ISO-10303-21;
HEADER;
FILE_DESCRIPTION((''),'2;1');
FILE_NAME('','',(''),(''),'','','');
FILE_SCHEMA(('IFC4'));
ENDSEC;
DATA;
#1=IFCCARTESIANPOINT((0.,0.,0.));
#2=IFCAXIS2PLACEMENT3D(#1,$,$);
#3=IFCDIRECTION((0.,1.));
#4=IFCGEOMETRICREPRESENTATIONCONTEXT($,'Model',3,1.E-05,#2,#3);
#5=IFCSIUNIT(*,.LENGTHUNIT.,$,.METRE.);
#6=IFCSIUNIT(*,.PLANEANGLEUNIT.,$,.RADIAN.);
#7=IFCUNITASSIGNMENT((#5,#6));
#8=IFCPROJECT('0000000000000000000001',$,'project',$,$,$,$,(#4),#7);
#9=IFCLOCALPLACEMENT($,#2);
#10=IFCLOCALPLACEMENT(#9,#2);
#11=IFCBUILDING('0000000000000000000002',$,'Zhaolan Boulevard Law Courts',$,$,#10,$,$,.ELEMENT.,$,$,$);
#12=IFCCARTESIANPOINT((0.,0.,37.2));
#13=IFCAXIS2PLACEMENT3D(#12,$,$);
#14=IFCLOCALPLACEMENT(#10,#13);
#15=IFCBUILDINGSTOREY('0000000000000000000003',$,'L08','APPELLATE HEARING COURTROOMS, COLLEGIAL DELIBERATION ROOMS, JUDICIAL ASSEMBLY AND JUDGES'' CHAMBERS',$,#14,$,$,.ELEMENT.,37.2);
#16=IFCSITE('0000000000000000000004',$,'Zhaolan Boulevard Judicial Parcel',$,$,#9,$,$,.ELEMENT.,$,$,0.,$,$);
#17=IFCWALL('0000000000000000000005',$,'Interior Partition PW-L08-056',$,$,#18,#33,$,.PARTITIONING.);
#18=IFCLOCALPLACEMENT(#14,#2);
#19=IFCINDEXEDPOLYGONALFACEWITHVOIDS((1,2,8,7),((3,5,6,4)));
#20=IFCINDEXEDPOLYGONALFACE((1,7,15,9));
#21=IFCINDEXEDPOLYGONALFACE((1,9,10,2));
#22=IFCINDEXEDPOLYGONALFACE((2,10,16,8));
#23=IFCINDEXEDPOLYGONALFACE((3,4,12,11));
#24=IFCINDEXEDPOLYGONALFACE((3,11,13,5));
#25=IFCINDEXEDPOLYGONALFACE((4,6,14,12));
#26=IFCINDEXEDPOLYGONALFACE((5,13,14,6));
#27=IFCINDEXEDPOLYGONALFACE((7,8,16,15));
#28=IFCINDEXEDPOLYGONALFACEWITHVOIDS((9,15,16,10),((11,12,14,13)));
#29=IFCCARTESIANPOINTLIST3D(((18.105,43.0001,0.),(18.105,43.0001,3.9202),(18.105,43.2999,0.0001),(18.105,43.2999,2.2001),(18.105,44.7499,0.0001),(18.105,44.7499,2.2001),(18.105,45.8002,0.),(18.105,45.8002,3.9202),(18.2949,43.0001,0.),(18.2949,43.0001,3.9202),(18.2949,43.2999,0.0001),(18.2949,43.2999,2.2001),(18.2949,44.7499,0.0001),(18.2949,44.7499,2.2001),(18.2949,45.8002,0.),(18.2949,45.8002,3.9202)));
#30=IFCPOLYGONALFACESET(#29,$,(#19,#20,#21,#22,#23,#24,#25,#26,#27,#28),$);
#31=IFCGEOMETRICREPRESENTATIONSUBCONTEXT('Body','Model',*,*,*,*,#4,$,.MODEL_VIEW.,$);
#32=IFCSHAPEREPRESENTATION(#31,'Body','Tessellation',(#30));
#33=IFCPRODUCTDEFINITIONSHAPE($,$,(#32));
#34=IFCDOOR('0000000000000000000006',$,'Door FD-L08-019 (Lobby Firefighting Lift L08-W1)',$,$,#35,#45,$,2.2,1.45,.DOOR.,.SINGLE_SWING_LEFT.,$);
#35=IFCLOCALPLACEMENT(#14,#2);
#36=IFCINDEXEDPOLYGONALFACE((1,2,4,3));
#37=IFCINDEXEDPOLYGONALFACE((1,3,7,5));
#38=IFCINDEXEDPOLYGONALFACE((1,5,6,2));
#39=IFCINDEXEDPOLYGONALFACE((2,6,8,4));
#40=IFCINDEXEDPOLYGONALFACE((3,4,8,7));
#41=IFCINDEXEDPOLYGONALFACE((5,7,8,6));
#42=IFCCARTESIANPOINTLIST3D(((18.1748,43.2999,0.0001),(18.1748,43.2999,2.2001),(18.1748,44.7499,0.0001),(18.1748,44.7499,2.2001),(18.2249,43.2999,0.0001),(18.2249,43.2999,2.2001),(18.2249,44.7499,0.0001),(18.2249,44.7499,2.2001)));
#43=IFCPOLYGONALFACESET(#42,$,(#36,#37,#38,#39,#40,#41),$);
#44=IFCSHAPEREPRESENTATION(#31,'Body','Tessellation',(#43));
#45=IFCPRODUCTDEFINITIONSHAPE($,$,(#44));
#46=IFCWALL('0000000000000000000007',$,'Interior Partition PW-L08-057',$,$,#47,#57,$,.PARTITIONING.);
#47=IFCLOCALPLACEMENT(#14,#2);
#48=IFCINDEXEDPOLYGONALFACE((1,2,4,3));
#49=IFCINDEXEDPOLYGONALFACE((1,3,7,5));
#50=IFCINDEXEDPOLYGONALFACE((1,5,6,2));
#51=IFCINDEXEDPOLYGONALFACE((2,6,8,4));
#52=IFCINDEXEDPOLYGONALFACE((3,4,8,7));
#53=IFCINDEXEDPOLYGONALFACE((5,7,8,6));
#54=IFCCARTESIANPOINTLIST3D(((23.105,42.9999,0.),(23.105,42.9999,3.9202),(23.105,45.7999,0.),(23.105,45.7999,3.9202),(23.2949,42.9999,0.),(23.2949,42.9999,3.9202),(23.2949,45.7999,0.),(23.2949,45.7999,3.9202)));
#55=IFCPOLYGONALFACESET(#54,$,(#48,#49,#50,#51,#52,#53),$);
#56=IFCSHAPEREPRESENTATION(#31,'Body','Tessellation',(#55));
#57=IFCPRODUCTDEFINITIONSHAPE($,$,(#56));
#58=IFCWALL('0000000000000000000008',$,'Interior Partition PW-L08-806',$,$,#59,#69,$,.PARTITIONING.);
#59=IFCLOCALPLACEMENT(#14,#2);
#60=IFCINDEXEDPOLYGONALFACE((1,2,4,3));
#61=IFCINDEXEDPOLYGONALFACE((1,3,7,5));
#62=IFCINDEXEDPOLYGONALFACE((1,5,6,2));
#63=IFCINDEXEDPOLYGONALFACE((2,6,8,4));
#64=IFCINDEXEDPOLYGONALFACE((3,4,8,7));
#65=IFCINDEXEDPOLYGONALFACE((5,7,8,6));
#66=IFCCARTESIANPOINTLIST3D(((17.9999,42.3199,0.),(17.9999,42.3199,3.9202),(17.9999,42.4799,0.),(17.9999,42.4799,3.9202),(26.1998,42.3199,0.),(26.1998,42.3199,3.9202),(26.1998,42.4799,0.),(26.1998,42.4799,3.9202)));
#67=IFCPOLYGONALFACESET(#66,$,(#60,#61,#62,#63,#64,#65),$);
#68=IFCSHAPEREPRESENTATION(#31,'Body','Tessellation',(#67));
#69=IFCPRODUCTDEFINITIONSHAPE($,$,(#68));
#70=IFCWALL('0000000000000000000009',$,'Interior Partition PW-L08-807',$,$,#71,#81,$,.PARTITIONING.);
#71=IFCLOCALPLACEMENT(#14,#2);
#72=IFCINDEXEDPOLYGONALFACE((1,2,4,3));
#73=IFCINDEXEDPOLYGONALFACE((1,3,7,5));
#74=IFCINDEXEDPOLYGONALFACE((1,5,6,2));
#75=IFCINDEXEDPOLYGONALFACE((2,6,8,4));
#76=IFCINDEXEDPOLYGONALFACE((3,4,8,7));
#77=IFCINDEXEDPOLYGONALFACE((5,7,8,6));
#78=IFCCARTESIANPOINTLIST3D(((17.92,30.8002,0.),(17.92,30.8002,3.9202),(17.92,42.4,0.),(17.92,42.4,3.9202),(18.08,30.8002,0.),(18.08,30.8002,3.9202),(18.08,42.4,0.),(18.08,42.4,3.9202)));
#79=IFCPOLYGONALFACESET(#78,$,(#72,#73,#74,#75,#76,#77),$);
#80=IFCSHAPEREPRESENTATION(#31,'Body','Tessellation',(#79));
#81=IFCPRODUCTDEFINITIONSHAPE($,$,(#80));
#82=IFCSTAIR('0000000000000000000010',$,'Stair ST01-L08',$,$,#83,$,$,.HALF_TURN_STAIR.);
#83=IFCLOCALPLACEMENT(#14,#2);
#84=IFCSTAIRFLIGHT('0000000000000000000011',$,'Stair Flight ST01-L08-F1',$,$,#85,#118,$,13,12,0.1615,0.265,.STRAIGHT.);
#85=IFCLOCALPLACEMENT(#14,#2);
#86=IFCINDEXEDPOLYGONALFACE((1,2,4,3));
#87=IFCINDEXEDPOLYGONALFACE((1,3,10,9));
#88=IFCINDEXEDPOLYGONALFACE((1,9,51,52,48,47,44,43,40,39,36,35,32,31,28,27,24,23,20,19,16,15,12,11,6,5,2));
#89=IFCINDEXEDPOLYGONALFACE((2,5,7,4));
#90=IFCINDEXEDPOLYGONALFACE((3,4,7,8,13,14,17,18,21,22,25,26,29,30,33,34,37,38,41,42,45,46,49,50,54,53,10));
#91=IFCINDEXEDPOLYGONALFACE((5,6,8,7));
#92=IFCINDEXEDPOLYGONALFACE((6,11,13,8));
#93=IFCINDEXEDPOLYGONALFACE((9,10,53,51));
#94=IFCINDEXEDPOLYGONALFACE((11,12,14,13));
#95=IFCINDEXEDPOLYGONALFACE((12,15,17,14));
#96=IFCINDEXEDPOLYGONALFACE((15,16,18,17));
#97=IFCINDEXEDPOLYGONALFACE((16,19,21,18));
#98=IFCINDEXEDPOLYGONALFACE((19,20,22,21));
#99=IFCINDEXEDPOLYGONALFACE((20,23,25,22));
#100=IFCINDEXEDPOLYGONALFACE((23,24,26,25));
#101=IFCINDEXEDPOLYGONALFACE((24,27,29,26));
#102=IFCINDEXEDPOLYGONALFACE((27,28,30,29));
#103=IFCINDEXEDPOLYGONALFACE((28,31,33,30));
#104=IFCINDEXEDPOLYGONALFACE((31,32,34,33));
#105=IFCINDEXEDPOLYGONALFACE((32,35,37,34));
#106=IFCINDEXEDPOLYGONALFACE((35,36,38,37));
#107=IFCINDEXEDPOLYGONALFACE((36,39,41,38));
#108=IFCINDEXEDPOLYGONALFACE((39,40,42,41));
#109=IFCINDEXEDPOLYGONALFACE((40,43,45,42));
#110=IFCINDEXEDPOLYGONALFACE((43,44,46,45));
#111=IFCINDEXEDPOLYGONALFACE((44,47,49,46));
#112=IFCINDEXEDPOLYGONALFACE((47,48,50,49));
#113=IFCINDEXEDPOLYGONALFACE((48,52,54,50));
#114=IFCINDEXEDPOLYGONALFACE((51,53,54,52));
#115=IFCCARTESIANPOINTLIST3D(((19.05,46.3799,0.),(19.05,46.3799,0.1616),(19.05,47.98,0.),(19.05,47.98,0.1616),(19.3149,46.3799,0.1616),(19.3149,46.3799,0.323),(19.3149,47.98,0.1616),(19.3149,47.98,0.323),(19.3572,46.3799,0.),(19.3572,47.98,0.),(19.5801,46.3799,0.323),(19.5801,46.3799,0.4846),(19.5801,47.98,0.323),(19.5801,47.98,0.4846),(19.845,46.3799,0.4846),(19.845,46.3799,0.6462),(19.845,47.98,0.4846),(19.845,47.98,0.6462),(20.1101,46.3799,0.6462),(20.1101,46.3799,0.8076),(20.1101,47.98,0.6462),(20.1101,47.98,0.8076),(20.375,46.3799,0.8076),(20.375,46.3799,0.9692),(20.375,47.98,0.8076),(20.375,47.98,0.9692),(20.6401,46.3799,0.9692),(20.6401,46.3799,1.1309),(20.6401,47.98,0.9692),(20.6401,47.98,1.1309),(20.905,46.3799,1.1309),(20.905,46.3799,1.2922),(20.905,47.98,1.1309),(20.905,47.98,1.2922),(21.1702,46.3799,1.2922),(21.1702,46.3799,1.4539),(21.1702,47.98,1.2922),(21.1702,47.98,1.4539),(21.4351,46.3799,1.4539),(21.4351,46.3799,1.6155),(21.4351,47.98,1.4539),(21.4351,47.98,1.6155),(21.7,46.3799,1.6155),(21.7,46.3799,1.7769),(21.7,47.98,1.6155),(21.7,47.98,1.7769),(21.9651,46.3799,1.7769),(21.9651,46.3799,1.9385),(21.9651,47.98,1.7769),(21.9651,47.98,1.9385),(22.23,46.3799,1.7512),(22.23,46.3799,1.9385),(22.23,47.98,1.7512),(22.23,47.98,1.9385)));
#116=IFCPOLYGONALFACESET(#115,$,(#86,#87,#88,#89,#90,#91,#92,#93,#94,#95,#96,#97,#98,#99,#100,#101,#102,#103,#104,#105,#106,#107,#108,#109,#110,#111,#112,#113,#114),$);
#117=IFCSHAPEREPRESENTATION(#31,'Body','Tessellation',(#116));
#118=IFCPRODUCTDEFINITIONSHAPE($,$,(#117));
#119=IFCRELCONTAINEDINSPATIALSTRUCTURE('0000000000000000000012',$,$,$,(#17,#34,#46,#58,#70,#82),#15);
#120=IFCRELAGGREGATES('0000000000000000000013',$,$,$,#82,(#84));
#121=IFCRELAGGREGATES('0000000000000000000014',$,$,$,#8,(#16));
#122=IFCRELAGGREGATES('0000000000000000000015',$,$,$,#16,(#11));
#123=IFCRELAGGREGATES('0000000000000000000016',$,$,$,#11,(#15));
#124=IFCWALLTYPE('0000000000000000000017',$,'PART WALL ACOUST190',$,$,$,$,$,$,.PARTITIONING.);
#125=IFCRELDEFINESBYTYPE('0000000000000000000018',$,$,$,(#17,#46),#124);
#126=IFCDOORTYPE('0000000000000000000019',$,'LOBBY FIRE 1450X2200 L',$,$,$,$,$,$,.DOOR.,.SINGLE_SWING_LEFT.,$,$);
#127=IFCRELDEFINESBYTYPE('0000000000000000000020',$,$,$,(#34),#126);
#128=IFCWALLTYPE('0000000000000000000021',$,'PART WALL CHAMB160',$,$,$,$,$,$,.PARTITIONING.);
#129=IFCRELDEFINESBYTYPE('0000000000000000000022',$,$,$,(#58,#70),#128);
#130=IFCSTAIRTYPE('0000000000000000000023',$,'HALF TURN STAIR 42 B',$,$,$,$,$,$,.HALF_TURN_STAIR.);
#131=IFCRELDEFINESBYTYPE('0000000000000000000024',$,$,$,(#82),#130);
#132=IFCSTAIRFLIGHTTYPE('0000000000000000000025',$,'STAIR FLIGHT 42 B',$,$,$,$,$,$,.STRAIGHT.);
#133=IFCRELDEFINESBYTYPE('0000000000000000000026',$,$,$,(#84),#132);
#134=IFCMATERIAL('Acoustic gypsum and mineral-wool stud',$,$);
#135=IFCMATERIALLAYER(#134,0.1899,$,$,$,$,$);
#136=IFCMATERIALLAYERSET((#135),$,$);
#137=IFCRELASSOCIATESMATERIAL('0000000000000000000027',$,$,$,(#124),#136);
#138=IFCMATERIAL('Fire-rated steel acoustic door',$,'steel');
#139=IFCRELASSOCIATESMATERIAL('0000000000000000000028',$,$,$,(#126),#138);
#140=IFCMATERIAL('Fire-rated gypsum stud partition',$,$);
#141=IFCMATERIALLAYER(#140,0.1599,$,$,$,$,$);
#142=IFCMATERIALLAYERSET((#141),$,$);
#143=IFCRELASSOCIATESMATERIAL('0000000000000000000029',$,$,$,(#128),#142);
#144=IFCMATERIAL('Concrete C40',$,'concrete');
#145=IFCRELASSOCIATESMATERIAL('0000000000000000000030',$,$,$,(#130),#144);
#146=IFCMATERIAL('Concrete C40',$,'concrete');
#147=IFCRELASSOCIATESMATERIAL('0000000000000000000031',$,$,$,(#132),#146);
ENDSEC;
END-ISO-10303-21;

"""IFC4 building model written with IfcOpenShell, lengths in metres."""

from ifc_helpers import new_model, si_unit, direction, frame, frame_2d, origin, place, context, subcontext, project, spatial, polyline, rectangle, outline, extrude, material, layer, layer_set, type_object, element, fill, aggregate, save


model = new_model("IFC4")

# Units and contexts
model_context = context("Model", 3, precision=1e-05, world=origin(), true_north=direction((0.0, 1.0)))
body_context = subcontext(model_context, "Body", "Model", "MODEL_VIEW")
ifc_project = project(units=[si_unit("LENGTHUNIT", "METRE"), si_unit("PLANEANGLEUNIT", "RADIAN")], contexts=[model_context])

# Site, building, storey
site_placement = place(None, origin())
site = spatial("IfcSite", under=ifc_project, at=site_placement, Name="Zhaolan Boulevard Judicial Parcel", CompositionType="ELEMENT", RefElevation=0.0)
building_placement = place(site_placement, origin())
building = spatial("IfcBuilding", under=site, at=building_placement, Name="Zhaolan Boulevard Law Courts", CompositionType="ELEMENT")
storey_placement = place(building_placement, frame((0.0, 0.0, 37.2)))
storey = spatial("IfcBuildingStorey", under=building, at=storey_placement, Name="L08", Description="APPELLATE HEARING COURTROOMS, COLLEGIAL DELIBERATION ROOMS, JUDICIAL ASSEMBLY AND JUDGES' CHAMBERS", CompositionType="ELEMENT", Elevation=37.2)

# Shared definitions
ifc_material_1 = material(Name="Acoustic gypsum and mineral-wool stud")
ifc_layer_1 = layer(ifc_material_1, 0.1899)
ifc_layer_set_1 = layer_set([ifc_layer_1])
wall_type_1 = type_object("IfcWallType", Name="PART WALL ACOUST190", PredefinedType="PARTITIONING", material=ifc_layer_set_1)

# Wall, opening, door
wall_1_placement = place(storey_placement, frame((18.2, 45.8, 0.0), z_axis=(0.0, 0.0, 1.0), x_axis=(0.0, -1.0, 0.0)))
wall_1 = element("IfcWall", 1, at=wall_1_placement, inside=storey, type_object=wall_type_1, Name="Interior Partition PW-L08-056", PredefinedType="PARTITIONING", context=body_context, shape_type="SweptSolid", body=[
    extrude(rectangle(XDim=2.8, YDim=0.1899, at=frame_2d((1.3999, 0.0))), origin(), (0.0, 0.0, 1.0), 3.9202),
])
opening_placement = place(wall_1_placement, frame((1.05, 0.0, 0.0)))
opening = element("IfcOpeningElement", 2, at=opening_placement, cuts=wall_1, PredefinedType="OPENING", context=body_context, shape_type="SweptSolid", body=[
    extrude(rectangle(XDim=1.45, YDim=2.2, at=frame_2d((0.7251, 1.1001))), frame((0.0, 0.105, 0.0), z_axis=(0.0, -1.0, 0.0), x_axis=(1.0, 0.0, 0.0)), (0.0, 0.0, 1.0), 0.21),
])
ifc_material_2 = material(Name="Fire-rated steel acoustic door", Category="steel")
door_type = type_object("IfcDoorType", Name="LOBBY FIRE 1450X2200 L", OperationType="SINGLE_SWING_LEFT", PredefinedType="DOOR", material=ifc_material_2)
door_placement = place(opening_placement, origin())
door = element("IfcDoor", 3, at=door_placement, inside=storey, type_object=door_type, Name="Door FD-L08-019 (Lobby Firefighting Lift L08-W1)", OperationType="SINGLE_SWING_LEFT", OverallHeight=2.2, OverallWidth=1.45, PredefinedType="DOOR", context=body_context, shape_type="SweptSolid", body=[
    extrude(rectangle(XDim=1.45, YDim=2.2, at=frame_2d((0.7251, 1.1001))), frame((0.0, 0.0249, 0.0), z_axis=(0.0, -1.0, 0.0), x_axis=(1.0, 0.0, 0.0)), (0.0, 0.0, 1.0), 0.05),
])
fill(opening, door)

# Walls
wall_2_placement = place(storey_placement, frame((23.2, 43.0, 0.0), z_axis=(0.0, 0.0, 1.0), x_axis=(0.0, 1.0, 0.0)))
element("IfcWall", 4, at=wall_2_placement, inside=storey, type_object=wall_type_1, Name="Interior Partition PW-L08-057", PredefinedType="PARTITIONING", context=body_context, shape_type="SweptSolid", body=[
    extrude(rectangle(XDim=2.8, YDim=0.1899, at=frame_2d((1.3999, 0.0))), origin(), (0.0, 0.0, 1.0), 3.9202),
])
ifc_material_3 = material(Name="Fire-rated gypsum stud partition")
ifc_layer_2 = layer(ifc_material_3, 0.1599)
ifc_layer_set_2 = layer_set([ifc_layer_2])
wall_type_2 = type_object("IfcWallType", Name="PART WALL CHAMB160", PredefinedType="PARTITIONING", material=ifc_layer_set_2)
wall_3_placement = place(storey_placement, frame((26.2, 42.3999, 0.0), z_axis=(0.0, 0.0, 1.0), x_axis=(-1.0, 0.0, 0.0)))
element("IfcWall", 5, at=wall_3_placement, inside=storey, type_object=wall_type_2, Name="Interior Partition PW-L08-806", PredefinedType="PARTITIONING", context=body_context, shape_type="SweptSolid", body=[
    extrude(rectangle(XDim=8.2, YDim=0.1599, at=frame_2d((4.1001, 0.0))), origin(), (0.0, 0.0, 1.0), 3.9202),
])
wall_4_placement = place(storey_placement, frame((18.0, 42.3999, 0.0), z_axis=(0.0, 0.0, 1.0), x_axis=(0.0, -1.0, 0.0)))
element("IfcWall", 6, at=wall_4_placement, inside=storey, type_object=wall_type_2, Name="Interior Partition PW-L08-807", PredefinedType="PARTITIONING", context=body_context, shape_type="SweptSolid", body=[
    extrude(rectangle(XDim=11.5999, YDim=0.1599, at=frame_2d((5.7998, 0.0))), origin(), (0.0, 0.0, 1.0), 3.9202),
])

# Stair, stair flight
ifc_material_4 = material(Name="Concrete C40", Category="concrete")
stair_type = type_object("IfcStairType", Name="HALF TURN STAIR 42 B", PredefinedType="HALF_TURN_STAIR", material=ifc_material_4)
stair_placement = place(storey_placement, origin())
stair = element("IfcStair", 7, at=stair_placement, inside=storey, type_object=stair_type, Name="Stair ST01-L08", PredefinedType="HALF_TURN_STAIR")
ifc_material_5 = material(Name="Concrete C40", Category="concrete")
stair_flight_type = type_object("IfcStairFlightType", Name="STAIR FLIGHT 42 B", PredefinedType="STRAIGHT", material=ifc_material_5)
stair_flight_placement = place(storey_placement, frame((19.05, 47.1799, 0.0), z_axis=(0.0, 0.0, 1.0), x_axis=(1.0, 0.0, 0.0)))
stair_flight = element("IfcStairFlight", 8, at=stair_flight_placement, type_object=stair_flight_type, Name="Stair Flight ST01-L08-F1", NumberOfRisers=13, NumberOfTreads=12, PredefinedType="STRAIGHT", RiserHeight=0.1615, TreadLength=0.265, context=body_context, shape_type="SweptSolid", body=[
    extrude(outline(polyline([(0.0, 0.0), (0.0, 0.1616), (0.2649, 0.1616), (0.2649, 0.323), (0.53, 0.323), (0.53, 0.4846), (0.7949, 0.4846), (0.7949, 0.6462), (1.0601, 0.6462), (1.0601, 0.8076), (1.325, 0.8076), (1.325, 0.9692), (1.5901, 0.9692), (1.5901, 1.1309), (1.855, 1.1309), (1.855, 1.2922), (2.1201, 1.2922), (2.1201, 1.4539), (2.385, 1.4539), (2.385, 1.6155), (2.6499, 1.6155), (2.6499, 1.7769), (2.915, 1.7769), (2.915, 1.9385), (3.1799, 1.9385), (3.1799, 2.1001), (3.1799, 1.7512), (0.3071, 0.0), (0.0, 0.0)])), frame((0.0, 0.8, 0.0), z_axis=(0.0, -1.0, 0.0), x_axis=(1.0, 0.0, 0.0)), (0.0, 0.0, 1.0), 1.6001),
])
aggregate(stair, [stair_flight])

save(model, "model.ifc")
